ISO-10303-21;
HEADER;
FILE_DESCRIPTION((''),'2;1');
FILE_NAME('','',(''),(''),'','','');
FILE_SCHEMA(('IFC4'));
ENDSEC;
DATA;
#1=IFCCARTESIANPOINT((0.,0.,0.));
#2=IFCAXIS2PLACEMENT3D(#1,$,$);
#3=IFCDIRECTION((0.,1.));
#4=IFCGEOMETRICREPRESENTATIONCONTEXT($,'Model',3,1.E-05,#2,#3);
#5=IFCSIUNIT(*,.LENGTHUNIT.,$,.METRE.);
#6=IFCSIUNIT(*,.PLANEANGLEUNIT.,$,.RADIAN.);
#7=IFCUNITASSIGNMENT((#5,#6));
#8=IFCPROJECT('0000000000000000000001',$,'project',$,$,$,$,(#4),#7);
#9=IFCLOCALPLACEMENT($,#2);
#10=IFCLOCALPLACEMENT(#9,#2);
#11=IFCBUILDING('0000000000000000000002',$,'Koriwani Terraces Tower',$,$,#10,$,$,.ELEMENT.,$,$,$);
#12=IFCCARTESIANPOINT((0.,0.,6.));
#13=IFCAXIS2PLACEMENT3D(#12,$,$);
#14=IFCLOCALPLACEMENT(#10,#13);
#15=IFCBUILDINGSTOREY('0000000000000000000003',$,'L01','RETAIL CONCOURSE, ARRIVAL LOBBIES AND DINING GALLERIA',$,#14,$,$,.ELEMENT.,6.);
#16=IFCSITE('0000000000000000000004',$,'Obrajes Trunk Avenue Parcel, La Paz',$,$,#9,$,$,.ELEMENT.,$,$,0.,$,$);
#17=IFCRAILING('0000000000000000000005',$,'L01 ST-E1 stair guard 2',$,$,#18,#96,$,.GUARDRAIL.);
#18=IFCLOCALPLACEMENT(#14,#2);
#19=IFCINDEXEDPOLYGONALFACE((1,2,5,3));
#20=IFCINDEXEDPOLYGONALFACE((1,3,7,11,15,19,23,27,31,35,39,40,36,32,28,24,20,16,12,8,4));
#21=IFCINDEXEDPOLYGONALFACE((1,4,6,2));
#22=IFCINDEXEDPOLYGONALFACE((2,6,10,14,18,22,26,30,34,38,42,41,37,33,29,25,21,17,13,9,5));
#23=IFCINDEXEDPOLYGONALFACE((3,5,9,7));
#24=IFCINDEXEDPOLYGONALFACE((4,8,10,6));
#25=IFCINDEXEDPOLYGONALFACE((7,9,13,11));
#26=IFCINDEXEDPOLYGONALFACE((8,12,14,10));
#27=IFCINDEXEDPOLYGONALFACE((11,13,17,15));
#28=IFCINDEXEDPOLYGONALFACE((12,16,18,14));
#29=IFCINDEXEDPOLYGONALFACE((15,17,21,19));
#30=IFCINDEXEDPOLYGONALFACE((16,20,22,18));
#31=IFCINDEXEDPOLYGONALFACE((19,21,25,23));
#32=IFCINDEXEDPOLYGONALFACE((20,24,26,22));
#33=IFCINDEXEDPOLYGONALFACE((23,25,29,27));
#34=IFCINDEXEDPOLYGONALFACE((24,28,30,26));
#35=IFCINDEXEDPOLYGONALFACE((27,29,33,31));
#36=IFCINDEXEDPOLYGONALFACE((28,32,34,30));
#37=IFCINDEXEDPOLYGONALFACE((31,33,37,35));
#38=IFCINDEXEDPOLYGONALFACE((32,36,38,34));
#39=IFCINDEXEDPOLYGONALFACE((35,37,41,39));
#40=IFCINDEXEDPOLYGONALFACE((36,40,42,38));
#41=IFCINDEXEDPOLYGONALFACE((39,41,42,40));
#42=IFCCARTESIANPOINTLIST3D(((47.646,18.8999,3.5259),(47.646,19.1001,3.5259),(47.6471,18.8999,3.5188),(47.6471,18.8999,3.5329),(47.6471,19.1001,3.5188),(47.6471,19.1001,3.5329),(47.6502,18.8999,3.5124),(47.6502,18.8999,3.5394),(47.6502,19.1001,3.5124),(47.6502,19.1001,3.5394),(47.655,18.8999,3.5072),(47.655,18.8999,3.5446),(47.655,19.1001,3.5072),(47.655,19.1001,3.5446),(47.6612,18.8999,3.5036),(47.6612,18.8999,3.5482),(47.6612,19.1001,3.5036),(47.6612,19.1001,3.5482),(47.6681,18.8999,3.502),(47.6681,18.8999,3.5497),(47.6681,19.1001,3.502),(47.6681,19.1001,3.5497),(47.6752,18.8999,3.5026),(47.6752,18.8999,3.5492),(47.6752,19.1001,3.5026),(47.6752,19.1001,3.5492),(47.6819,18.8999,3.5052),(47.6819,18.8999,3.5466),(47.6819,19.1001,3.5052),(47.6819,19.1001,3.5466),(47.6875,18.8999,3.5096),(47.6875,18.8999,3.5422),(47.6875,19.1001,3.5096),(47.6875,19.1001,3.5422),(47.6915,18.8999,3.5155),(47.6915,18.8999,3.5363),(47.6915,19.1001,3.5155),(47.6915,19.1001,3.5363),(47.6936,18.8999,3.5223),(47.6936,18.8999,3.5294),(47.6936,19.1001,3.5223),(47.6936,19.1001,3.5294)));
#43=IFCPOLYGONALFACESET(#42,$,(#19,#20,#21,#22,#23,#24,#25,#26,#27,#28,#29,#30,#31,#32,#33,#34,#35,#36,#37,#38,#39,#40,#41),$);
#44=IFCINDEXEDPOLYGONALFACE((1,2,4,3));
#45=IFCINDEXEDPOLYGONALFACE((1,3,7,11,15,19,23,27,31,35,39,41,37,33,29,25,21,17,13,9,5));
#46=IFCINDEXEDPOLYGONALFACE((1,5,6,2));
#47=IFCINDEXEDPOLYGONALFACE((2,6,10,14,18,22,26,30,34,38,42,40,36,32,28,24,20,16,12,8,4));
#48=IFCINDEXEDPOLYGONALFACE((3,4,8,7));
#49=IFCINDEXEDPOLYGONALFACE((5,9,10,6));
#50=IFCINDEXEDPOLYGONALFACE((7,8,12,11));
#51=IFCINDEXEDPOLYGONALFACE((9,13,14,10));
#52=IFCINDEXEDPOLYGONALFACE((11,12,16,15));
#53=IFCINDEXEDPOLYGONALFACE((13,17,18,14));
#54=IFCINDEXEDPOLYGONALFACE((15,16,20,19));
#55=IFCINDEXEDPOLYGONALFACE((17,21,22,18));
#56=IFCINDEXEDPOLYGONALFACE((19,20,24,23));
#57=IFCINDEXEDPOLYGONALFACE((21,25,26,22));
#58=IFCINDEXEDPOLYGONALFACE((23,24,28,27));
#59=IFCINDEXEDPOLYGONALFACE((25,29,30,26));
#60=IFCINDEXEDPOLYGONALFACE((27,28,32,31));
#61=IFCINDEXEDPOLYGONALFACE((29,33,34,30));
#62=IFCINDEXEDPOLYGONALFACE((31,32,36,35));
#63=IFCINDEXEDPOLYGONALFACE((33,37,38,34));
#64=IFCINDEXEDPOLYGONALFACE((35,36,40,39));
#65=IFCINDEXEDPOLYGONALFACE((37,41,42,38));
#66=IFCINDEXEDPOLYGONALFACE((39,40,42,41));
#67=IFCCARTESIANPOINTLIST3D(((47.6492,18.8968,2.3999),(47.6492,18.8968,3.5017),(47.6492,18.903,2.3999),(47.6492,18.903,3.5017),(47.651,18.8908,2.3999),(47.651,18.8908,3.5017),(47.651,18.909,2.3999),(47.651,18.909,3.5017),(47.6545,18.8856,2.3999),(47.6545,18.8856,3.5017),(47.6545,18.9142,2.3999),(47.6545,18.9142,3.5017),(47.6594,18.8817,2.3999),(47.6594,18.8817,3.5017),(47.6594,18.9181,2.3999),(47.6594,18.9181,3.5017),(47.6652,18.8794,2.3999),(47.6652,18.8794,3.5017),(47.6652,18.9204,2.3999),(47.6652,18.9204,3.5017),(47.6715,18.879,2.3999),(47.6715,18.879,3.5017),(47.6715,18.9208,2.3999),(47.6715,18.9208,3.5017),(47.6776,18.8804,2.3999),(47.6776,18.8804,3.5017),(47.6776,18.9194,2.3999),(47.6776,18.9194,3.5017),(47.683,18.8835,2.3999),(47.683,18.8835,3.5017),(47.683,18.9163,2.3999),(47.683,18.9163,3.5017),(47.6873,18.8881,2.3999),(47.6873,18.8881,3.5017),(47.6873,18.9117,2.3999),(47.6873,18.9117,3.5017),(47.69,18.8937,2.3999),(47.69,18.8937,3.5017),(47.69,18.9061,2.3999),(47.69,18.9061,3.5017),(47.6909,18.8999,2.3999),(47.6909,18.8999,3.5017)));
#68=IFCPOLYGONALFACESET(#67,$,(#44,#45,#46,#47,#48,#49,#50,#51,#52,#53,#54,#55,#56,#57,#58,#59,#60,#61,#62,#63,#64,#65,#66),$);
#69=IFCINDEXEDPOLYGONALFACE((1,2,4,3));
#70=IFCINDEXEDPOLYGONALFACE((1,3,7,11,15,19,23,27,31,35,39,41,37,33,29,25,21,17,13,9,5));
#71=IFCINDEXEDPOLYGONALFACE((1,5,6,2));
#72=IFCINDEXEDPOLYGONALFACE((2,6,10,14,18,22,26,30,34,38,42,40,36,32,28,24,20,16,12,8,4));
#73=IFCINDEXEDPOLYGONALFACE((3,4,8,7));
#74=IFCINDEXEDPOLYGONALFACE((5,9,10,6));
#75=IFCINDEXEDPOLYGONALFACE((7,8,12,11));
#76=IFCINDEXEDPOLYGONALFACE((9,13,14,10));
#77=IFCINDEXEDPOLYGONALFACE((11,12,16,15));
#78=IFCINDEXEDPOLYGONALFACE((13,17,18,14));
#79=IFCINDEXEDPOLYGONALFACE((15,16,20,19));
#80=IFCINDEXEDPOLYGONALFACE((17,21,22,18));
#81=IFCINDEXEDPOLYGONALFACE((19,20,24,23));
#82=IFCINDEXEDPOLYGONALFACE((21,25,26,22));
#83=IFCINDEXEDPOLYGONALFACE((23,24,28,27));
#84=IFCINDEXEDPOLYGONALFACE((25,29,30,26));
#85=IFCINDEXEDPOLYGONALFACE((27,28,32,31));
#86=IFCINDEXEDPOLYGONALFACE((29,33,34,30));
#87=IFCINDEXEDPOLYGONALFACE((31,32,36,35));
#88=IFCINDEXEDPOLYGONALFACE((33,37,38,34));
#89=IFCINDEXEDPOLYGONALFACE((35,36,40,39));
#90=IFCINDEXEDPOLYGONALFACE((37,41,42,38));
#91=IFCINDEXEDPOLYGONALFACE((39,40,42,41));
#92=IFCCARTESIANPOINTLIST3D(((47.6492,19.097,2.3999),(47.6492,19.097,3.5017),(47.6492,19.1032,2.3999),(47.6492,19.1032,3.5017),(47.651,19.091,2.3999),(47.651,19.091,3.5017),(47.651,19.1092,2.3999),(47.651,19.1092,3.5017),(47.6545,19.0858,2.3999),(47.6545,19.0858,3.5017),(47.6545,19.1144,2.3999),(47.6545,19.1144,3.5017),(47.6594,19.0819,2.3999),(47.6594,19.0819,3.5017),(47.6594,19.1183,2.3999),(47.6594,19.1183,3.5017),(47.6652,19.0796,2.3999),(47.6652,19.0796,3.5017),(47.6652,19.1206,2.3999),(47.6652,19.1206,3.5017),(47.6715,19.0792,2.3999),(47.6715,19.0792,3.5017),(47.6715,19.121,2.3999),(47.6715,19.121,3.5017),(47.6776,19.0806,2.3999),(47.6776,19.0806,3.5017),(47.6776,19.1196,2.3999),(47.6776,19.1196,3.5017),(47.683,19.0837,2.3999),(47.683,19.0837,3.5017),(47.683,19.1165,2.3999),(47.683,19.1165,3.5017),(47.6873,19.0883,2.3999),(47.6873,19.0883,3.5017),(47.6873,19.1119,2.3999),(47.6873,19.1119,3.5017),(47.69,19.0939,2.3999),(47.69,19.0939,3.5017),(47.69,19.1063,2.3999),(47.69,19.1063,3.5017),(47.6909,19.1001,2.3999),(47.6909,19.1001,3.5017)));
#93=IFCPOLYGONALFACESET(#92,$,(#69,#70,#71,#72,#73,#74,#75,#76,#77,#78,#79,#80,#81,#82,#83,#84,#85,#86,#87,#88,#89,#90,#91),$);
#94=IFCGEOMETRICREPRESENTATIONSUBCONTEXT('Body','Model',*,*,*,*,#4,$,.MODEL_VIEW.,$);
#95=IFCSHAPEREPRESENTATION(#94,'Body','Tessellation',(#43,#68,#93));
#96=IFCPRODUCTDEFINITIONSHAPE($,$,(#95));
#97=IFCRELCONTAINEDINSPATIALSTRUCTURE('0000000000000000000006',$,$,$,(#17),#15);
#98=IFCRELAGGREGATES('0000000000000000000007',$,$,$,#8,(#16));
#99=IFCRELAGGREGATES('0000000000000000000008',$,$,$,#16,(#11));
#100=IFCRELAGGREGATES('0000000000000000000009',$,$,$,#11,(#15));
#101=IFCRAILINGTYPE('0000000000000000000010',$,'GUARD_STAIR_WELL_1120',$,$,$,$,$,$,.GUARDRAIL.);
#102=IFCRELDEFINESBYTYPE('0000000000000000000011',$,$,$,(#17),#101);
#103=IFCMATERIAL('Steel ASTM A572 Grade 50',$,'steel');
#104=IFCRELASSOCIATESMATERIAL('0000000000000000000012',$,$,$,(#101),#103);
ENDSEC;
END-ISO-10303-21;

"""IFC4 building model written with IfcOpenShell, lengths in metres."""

from ifc_helpers import new_model, si_unit, direction, frame, origin, origin_2d, place, context, subcontext, project, spatial, circle, extrude, material, type_object, element, save


model = new_model("IFC4")

# Units and contexts
model_context = context("Model", 3, precision=1e-05, world=origin(), true_north=direction((0.0, 1.0)))
body_context = subcontext(model_context, "Body", "Model", "MODEL_VIEW")
ifc_project = project(units=[si_unit("LENGTHUNIT", "METRE"), si_unit("PLANEANGLEUNIT", "RADIAN")], contexts=[model_context])

# Site, building, storey
site_placement = place(None, origin())
site = spatial("IfcSite", under=ifc_project, at=site_placement, Name="Obrajes Trunk Avenue Parcel, La Paz", CompositionType="ELEMENT", RefElevation=0.0)
building_placement = place(site_placement, origin())
building = spatial("IfcBuilding", under=site, at=building_placement, Name="Koriwani Terraces Tower", CompositionType="ELEMENT")
storey_placement = place(building_placement, frame((0.0, 0.0, 6.0)))
storey = spatial("IfcBuildingStorey", under=building, at=storey_placement, Name="L01", Description="RETAIL CONCOURSE, ARRIVAL LOBBIES AND DINING GALLERIA", CompositionType="ELEMENT", Elevation=6.0)

# Shared definitions
ifc_material_1 = material(Name="Steel ASTM A572 Grade 50", Category="steel")

# Railing
railing_type_1 = type_object("IfcRailingType", Name="GUARD_STAIR_WELL_1120", PredefinedType="GUARDRAIL", material=ifc_material_1)
railing_1_placement = place(storey_placement, frame((47.6699, 18.8999, 2.3999)))
element("IfcRailing", 1, at=railing_1_placement, inside=storey, type_object=railing_type_1, Name="L01 ST-E1 stair guard 2", PredefinedType="GUARDRAIL", context=body_context, shape_type="SweptSolid", body=[
    extrude(circle(Radius=0.0239, at=origin_2d()), frame((0.0, 0.0, 1.126), z_axis=(0.0, 1.0, 0.0), x_axis=(-1.0, 0.0, 0.0)), (0.0, 0.0, 1.0), 0.2002),
    extrude(circle(Radius=0.021, at=origin_2d()), origin(), (0.0, 0.0, 1.0), 1.1018),
    extrude(circle(Radius=0.021, at=origin_2d()), frame((0.0, 0.2002, 0.0)), (0.0, 0.0, 1.0), 1.1018),
])

save(model, "model.ifc")
